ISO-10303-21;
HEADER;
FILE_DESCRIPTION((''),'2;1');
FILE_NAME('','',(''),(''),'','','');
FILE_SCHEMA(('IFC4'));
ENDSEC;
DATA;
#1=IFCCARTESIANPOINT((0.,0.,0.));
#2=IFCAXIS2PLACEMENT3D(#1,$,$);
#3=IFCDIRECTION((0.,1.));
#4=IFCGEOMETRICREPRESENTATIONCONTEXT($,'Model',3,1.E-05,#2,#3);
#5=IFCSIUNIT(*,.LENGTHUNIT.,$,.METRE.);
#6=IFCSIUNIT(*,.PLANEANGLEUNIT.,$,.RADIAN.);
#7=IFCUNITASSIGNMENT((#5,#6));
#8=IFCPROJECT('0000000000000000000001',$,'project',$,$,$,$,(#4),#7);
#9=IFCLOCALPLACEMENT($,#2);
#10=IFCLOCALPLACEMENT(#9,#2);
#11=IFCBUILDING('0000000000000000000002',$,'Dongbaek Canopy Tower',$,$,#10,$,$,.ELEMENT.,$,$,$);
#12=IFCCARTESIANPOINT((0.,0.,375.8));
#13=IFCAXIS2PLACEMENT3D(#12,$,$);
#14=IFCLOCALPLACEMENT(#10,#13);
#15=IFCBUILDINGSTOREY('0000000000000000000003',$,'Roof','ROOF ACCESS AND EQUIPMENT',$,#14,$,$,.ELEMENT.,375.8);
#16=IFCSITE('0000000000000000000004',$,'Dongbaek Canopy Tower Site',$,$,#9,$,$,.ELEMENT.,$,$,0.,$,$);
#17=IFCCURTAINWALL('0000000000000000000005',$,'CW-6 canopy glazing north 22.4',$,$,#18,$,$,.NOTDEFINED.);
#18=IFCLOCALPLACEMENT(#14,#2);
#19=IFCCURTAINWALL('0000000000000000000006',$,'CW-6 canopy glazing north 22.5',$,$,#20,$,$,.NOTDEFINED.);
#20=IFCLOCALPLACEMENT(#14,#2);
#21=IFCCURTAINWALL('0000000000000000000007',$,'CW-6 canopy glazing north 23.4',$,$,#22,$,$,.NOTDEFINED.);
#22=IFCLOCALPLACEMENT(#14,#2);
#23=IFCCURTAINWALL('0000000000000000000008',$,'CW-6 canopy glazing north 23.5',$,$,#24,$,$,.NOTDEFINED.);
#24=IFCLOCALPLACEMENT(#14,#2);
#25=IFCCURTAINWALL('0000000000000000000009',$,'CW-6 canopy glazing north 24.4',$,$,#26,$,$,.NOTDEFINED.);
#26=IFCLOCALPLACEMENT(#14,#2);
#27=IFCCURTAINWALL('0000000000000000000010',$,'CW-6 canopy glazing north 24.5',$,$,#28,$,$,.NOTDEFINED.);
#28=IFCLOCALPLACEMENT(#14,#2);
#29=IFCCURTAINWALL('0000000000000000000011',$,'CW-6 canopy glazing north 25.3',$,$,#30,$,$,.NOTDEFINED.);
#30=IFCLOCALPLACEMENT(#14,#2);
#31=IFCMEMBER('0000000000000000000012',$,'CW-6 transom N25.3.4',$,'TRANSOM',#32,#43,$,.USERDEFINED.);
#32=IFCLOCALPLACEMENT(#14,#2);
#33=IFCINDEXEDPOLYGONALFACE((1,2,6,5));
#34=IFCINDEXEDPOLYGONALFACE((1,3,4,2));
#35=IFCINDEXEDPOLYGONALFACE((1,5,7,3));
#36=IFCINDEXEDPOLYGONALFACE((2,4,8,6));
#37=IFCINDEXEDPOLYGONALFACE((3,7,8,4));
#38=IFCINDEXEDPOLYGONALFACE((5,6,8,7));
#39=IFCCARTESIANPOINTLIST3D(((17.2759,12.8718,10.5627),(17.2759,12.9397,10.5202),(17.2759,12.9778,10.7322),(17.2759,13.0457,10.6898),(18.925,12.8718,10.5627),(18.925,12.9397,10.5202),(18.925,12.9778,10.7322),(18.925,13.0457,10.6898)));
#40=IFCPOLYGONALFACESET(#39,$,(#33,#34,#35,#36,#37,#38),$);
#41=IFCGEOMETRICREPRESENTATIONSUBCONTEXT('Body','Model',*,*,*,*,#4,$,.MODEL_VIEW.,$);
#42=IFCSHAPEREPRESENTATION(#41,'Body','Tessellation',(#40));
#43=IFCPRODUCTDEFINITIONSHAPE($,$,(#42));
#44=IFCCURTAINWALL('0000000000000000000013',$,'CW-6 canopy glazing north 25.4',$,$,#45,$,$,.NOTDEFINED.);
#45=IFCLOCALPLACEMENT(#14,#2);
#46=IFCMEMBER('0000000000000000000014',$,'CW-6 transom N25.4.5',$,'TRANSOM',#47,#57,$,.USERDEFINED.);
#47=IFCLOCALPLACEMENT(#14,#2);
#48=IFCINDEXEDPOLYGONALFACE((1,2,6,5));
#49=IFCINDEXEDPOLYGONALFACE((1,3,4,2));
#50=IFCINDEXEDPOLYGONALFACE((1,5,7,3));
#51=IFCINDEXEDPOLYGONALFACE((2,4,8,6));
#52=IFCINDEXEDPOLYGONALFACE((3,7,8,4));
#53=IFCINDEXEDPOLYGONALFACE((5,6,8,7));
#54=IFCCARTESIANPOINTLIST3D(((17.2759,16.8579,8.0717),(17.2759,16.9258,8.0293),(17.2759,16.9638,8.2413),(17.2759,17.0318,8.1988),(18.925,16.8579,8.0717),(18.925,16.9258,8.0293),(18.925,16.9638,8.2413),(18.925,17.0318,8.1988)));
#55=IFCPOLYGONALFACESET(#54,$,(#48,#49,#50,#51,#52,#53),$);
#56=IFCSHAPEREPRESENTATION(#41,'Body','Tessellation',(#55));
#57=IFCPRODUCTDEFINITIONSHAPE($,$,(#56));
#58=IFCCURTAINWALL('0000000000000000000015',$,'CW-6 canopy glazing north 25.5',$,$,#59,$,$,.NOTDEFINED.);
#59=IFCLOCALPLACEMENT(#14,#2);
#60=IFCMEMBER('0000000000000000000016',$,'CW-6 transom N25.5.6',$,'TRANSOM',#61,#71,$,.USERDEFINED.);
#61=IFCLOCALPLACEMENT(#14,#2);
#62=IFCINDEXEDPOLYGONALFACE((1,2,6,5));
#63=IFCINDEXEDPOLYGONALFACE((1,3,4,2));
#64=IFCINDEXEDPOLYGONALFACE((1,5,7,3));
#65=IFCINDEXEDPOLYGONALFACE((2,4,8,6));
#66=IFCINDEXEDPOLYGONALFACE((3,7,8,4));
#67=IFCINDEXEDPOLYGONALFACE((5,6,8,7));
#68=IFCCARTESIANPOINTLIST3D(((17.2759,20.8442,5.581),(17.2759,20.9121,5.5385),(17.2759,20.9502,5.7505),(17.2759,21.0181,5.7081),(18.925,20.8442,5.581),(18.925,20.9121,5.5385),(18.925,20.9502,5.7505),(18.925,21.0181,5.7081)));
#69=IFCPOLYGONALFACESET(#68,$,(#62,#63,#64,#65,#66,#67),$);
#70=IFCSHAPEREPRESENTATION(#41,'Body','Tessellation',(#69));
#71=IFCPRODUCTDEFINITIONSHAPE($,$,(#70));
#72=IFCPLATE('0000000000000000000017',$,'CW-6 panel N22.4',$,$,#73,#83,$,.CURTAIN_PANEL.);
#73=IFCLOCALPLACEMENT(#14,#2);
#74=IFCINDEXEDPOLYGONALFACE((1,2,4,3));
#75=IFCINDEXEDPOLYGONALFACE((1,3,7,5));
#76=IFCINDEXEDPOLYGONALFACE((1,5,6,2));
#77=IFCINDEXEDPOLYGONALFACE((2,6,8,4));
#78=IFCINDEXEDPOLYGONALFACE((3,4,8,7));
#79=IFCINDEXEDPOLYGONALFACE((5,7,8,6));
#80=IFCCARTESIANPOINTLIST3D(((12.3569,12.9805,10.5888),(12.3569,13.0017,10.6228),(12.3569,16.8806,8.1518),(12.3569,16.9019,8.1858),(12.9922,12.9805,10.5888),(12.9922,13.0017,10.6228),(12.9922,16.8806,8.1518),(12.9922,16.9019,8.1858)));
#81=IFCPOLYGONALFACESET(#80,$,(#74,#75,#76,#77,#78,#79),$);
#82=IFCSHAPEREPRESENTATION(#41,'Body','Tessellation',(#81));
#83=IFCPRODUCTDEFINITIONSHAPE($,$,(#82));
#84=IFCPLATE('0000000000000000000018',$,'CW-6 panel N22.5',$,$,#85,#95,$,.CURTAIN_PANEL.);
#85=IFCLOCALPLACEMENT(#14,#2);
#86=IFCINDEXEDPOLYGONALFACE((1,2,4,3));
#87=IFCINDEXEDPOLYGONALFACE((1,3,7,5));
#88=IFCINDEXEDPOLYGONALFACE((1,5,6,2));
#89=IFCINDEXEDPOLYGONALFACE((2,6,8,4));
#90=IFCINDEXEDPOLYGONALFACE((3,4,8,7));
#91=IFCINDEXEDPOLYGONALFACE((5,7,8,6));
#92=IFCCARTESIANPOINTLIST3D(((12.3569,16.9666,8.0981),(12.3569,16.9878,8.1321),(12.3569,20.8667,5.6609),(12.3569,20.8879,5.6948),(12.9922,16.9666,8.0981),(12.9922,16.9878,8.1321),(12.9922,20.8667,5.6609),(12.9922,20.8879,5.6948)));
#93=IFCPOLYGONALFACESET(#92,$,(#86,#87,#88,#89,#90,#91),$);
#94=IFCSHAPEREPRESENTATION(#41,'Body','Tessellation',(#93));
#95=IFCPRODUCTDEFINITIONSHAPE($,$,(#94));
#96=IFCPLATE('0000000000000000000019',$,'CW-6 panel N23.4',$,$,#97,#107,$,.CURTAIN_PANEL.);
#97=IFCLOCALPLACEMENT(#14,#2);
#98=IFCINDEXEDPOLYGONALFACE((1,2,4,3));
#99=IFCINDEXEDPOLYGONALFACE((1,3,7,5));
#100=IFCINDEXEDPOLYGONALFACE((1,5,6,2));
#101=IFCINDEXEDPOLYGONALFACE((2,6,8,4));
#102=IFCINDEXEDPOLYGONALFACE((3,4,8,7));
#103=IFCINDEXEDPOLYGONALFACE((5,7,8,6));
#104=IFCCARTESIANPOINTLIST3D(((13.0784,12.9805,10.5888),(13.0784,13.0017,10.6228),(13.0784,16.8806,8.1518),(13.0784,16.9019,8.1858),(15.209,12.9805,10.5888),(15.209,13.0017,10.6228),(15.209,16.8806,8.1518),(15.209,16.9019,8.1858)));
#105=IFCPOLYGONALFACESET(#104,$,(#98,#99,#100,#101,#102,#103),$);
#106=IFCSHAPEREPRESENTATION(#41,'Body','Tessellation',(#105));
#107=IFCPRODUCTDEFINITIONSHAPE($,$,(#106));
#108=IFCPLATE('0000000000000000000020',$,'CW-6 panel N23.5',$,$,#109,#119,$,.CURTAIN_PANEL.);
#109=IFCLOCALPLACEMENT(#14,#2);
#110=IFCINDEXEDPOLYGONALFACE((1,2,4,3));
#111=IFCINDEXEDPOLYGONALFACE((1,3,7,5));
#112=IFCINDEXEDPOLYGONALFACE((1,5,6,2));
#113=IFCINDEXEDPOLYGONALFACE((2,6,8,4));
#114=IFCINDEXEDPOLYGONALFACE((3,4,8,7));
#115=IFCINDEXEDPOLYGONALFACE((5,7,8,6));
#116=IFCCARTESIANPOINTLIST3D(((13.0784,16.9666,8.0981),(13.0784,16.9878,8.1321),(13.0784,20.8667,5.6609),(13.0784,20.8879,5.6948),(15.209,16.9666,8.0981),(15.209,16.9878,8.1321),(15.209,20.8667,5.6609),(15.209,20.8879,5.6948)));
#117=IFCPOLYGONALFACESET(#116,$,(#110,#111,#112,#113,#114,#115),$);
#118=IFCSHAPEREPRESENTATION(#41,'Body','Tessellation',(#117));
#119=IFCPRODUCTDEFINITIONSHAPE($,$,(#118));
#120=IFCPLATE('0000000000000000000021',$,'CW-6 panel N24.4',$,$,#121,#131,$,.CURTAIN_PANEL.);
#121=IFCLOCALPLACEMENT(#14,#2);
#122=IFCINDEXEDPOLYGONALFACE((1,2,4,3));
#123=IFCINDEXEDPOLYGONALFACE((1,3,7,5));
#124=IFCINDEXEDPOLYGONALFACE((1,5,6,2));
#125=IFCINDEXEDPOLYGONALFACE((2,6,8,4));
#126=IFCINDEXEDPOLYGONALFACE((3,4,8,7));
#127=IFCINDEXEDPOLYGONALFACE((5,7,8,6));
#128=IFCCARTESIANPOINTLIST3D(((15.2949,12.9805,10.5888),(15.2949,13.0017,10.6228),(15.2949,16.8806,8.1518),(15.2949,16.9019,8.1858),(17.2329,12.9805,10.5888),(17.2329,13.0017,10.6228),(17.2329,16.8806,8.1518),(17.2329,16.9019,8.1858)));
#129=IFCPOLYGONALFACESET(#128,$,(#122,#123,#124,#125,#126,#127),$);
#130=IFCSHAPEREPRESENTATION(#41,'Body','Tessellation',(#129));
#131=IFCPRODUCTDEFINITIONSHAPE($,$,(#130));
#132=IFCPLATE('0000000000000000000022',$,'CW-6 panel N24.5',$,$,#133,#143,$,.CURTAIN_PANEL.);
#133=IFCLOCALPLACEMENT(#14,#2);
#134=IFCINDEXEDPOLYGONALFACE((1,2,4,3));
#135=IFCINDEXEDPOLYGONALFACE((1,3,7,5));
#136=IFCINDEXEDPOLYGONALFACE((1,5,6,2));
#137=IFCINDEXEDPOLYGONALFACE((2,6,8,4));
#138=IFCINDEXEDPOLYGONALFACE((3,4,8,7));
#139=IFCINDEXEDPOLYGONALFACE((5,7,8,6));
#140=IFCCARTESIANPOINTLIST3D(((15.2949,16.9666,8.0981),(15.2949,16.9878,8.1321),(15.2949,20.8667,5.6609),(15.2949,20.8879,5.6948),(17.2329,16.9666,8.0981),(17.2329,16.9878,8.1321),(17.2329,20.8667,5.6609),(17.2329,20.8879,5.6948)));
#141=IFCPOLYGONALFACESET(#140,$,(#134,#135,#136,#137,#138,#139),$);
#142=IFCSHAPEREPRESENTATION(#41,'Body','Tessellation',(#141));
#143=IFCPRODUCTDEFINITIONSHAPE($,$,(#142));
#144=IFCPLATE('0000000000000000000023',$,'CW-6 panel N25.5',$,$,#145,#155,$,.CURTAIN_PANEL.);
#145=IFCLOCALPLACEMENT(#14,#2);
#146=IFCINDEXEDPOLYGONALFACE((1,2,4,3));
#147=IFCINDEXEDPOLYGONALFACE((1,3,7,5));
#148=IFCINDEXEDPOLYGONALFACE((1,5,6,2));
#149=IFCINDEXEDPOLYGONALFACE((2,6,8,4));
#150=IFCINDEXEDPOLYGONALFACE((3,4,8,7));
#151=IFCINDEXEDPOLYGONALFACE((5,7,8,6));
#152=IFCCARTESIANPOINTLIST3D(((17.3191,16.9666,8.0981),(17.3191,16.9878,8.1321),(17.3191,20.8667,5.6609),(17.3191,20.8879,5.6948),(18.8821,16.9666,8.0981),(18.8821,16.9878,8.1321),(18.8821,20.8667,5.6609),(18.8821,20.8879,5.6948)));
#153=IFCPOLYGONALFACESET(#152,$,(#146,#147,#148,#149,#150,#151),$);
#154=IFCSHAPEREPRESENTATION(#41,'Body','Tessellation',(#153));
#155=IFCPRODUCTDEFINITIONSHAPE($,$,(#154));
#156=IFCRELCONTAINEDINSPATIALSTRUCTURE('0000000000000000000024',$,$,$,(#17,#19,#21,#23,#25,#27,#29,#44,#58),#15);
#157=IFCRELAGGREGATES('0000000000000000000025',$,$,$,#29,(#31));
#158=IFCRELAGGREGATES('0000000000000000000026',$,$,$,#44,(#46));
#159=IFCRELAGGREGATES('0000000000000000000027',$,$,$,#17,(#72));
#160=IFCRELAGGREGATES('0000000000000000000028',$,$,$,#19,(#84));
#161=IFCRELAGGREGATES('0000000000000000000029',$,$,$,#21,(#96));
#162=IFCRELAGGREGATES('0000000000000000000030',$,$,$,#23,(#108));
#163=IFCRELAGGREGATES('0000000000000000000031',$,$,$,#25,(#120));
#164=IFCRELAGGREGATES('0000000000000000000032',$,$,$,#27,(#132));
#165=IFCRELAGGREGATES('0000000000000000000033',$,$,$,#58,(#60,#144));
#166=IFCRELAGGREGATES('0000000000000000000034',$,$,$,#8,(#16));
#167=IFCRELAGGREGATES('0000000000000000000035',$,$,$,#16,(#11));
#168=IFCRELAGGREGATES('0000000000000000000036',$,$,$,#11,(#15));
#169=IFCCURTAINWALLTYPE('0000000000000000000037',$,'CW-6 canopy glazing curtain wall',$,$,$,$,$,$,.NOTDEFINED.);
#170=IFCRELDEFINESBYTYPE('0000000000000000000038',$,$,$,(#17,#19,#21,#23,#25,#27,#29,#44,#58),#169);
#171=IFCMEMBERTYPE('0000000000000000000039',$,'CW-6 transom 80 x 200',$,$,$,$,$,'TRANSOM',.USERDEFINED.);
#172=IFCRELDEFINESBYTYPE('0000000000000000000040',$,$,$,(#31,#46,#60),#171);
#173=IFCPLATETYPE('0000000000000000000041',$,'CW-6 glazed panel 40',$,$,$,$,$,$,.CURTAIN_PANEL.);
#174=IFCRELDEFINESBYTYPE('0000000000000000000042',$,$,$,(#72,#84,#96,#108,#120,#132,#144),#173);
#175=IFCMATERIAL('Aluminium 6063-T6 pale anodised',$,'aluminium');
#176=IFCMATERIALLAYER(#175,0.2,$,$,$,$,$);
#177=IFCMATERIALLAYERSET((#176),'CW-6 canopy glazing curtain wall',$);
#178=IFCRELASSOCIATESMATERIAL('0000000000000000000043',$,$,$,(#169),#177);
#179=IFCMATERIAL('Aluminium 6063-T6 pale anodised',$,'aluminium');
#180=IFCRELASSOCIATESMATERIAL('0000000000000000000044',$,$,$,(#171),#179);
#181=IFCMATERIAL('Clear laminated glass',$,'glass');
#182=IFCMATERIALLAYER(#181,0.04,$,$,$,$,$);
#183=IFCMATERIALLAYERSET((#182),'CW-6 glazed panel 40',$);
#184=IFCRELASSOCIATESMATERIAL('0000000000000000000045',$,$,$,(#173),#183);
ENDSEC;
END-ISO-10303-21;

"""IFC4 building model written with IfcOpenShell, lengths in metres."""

from ifc_helpers import new_model, si_unit, direction, frame, origin, origin_2d, place, context, subcontext, project, spatial, polyline, rectangle, outline, extrude, material, layer, layer_set, material_profile, profile_set, type_object, element, aggregate, save


model = new_model("IFC4")

# Units and contexts
model_context = context("Model", 3, precision=1e-05, world=origin(), true_north=direction((0.0, 1.0)))
body_context = subcontext(model_context, "Body", "Model", "MODEL_VIEW")
ifc_project = project(units=[si_unit("LENGTHUNIT", "METRE"), si_unit("PLANEANGLEUNIT", "RADIAN")], contexts=[model_context])

# Site, building, storey
site_placement = place(None, origin())
site = spatial("IfcSite", under=ifc_project, at=site_placement, Name="Dongbaek Canopy Tower Site", CompositionType="ELEMENT", RefElevation=0.0)
building_placement = place(site_placement, origin())
building = spatial("IfcBuilding", under=site, at=building_placement, Name="Dongbaek Canopy Tower", CompositionType="ELEMENT")
storey_placement = place(building_placement, frame((0.0, 0.0, 375.8)))
storey = spatial("IfcBuildingStorey", under=building, at=storey_placement, Name="Roof", Description="ROOF ACCESS AND EQUIPMENT", CompositionType="ELEMENT", Elevation=375.8)

# Curtain walls
ifc_material_1 = material(Name="Aluminium 6063-T6 pale anodised", Category="aluminium")
ifc_layer_1 = layer(ifc_material_1, 0.2)
ifc_layer_set_1 = layer_set([ifc_layer_1], Name="CW-6 canopy glazing curtain wall")
curtain_wall_type = type_object("IfcCurtainWallType", Name="CW-6 canopy glazing curtain wall", PredefinedType="NOTDEFINED", material=ifc_layer_set_1)
curtain_wall_1_placement = place(storey_placement, origin())
curtain_wall_1 = element("IfcCurtainWall", 1, at=curtain_wall_1_placement, inside=storey, type_object=curtain_wall_type, Name="CW-6 canopy glazing north 22.4", PredefinedType="NOTDEFINED")
curtain_wall_2_placement = place(storey_placement, origin())
curtain_wall_2 = element("IfcCurtainWall", 2, at=curtain_wall_2_placement, inside=storey, type_object=curtain_wall_type, Name="CW-6 canopy glazing north 22.5", PredefinedType="NOTDEFINED")
curtain_wall_3_placement = place(storey_placement, origin())
curtain_wall_3 = element("IfcCurtainWall", 3, at=curtain_wall_3_placement, inside=storey, type_object=curtain_wall_type, Name="CW-6 canopy glazing north 23.4", PredefinedType="NOTDEFINED")
curtain_wall_4_placement = place(storey_placement, origin())
curtain_wall_4 = element("IfcCurtainWall", 4, at=curtain_wall_4_placement, inside=storey, type_object=curtain_wall_type, Name="CW-6 canopy glazing north 23.5", PredefinedType="NOTDEFINED")
curtain_wall_5_placement = place(storey_placement, origin())
curtain_wall_5 = element("IfcCurtainWall", 5, at=curtain_wall_5_placement, inside=storey, type_object=curtain_wall_type, Name="CW-6 canopy glazing north 24.4", PredefinedType="NOTDEFINED")
curtain_wall_6_placement = place(storey_placement, origin())
curtain_wall_6 = element("IfcCurtainWall", 6, at=curtain_wall_6_placement, inside=storey, type_object=curtain_wall_type, Name="CW-6 canopy glazing north 24.5", PredefinedType="NOTDEFINED")
ifc_material_2 = material(Name="Aluminium 6063-T6 pale anodised", Category="aluminium")
ifc_material_profile_1 = material_profile(ifc_material_2, rectangle(XDim=0.0801, YDim=0.2, at=origin_2d()), Name="CW-6 transom 80 x 200")
ifc_profile_set_1 = profile_set([ifc_material_profile_1], Name="Aluminium 6063-T6 pale anodised")
member_type_1 = type_object("IfcMemberType", Name="CW-6 transom 80 x 200", ElementType="TRANSOM", PredefinedType="USERDEFINED", material=ifc_profile_set_1)

# Curtain walls, members
curtain_wall_7_placement = place(storey_placement, origin())
curtain_wall_7 = element("IfcCurtainWall", 7, at=curtain_wall_7_placement, inside=storey, type_object=curtain_wall_type, Name="CW-6 canopy glazing north 25.3", PredefinedType="NOTDEFINED")
member_1_placement = place(storey_placement, frame((17.2759, 12.9587, 10.6262), z_axis=(1.0, 0.0, 0.0), x_axis=(0.0, 0.848048, -0.529919)))
member_1 = element("IfcMember", 8, at=member_1_placement, type_object=member_type_1, Name="CW-6 transom N25.3.4", ObjectType="TRANSOM", PredefinedType="USERDEFINED", context=body_context, shape_type="SweptSolid", body=[
    extrude(rectangle(XDim=0.0801, YDim=0.2, at=origin_2d()), origin(), (0.0, 0.0, 1.0), 1.6492),
])
aggregate(curtain_wall_7, [member_1])
curtain_wall_8_placement = place(storey_placement, origin())
curtain_wall_8 = element("IfcCurtainWall", 9, at=curtain_wall_8_placement, inside=storey, type_object=curtain_wall_type, Name="CW-6 canopy glazing north 25.4", PredefinedType="NOTDEFINED")
member_2_placement = place(storey_placement, frame((17.2759, 16.9448, 8.1353), z_axis=(1.0, 0.0, 0.0), x_axis=(0.0, 0.848048, -0.529919)))
member_2 = element("IfcMember", 10, at=member_2_placement, type_object=member_type_1, Name="CW-6 transom N25.4.5", ObjectType="TRANSOM", PredefinedType="USERDEFINED", context=body_context, shape_type="SweptSolid", body=[
    extrude(rectangle(XDim=0.0801, YDim=0.2, at=origin_2d()), origin(), (0.0, 0.0, 1.0), 1.6492),
])
aggregate(curtain_wall_8, [member_2])
curtain_wall_9_placement = place(storey_placement, origin())
curtain_wall_9 = element("IfcCurtainWall", 11, at=curtain_wall_9_placement, inside=storey, type_object=curtain_wall_type, Name="CW-6 canopy glazing north 25.5", PredefinedType="NOTDEFINED")
member_3_placement = place(storey_placement, frame((17.2759, 20.9312, 5.6445), z_axis=(1.0, 0.0, 0.0), x_axis=(0.0, 0.848048, -0.529919)))
member_3 = element("IfcMember", 12, at=member_3_placement, type_object=member_type_1, Name="CW-6 transom N25.5.6", ObjectType="TRANSOM", PredefinedType="USERDEFINED", context=body_context, shape_type="SweptSolid", body=[
    extrude(rectangle(XDim=0.0801, YDim=0.2, at=origin_2d()), origin(), (0.0, 0.0, 1.0), 1.6492),
])

# Plates
ifc_material_3 = material(Name="Clear laminated glass", Category="glass")
ifc_layer_2 = layer(ifc_material_3, 0.04)
ifc_layer_set_2 = layer_set([ifc_layer_2], Name="CW-6 glazed panel 40")
plate_type = type_object("IfcPlateType", Name="CW-6 glazed panel 40", PredefinedType="CURTAIN_PANEL", material=ifc_layer_set_2)
plate_1_placement = place(storey_placement, frame((12.9922, 13.0017, 10.6228), z_axis=(0.0, 0.529908, 0.848055), x_axis=(-1.0, 0.0, 0.0)))
plate_1 = element("IfcPlate", 13, at=plate_1_placement, type_object=plate_type, Name="CW-6 panel N22.4", PredefinedType="CURTAIN_PANEL", context=body_context, shape_type="SweptSolid", body=[
    extrude(outline(polyline([(0.0, 0.0), (0.6353, 0.0), (0.6353, -4.5989), (0.0, -4.5989), (0.0, 0.0)])), origin(), (0.0, 0.0, -1.0), 0.04),
])
aggregate(curtain_wall_1, [plate_1])
plate_2_placement = place(storey_placement, frame((12.9922, 16.9878, 8.1321), z_axis=(0.0, 0.529946, 0.848031), x_axis=(-1.0, 0.0, 0.0)))
plate_2 = element("IfcPlate", 14, at=plate_2_placement, type_object=plate_type, Name="CW-6 panel N22.5", PredefinedType="CURTAIN_PANEL", context=body_context, shape_type="SweptSolid", body=[
    extrude(outline(polyline([(0.0, 0.0), (0.6353, 0.0), (0.6353, -4.5991), (0.0, -4.5991), (0.0, 0.0)])), origin(), (0.0, 0.0, -1.0), 0.04),
])
aggregate(curtain_wall_2, [plate_2])
plate_3_placement = place(storey_placement, frame((15.209, 13.0017, 10.6228), z_axis=(0.0, 0.529908, 0.848055), x_axis=(-1.0, 0.0, 0.0)))
plate_3 = element("IfcPlate", 15, at=plate_3_placement, type_object=plate_type, Name="CW-6 panel N23.4", PredefinedType="CURTAIN_PANEL", context=body_context, shape_type="SweptSolid", body=[
    extrude(outline(polyline([(0.0, 0.0), (2.1306, 0.0), (2.1306, -4.5989), (0.0, -4.5989), (0.0, 0.0)])), origin(), (0.0, 0.0, -1.0), 0.04),
])
aggregate(curtain_wall_3, [plate_3])
plate_4_placement = place(storey_placement, frame((15.209, 16.9878, 8.1321), z_axis=(0.0, 0.529946, 0.848031), x_axis=(-1.0, 0.0, 0.0)))
plate_4 = element("IfcPlate", 16, at=plate_4_placement, type_object=plate_type, Name="CW-6 panel N23.5", PredefinedType="CURTAIN_PANEL", context=body_context, shape_type="SweptSolid", body=[
    extrude(outline(polyline([(0.0, 0.0), (2.1306, 0.0), (2.1306, -4.5991), (0.0, -4.5991), (0.0, 0.0)])), origin(), (0.0, 0.0, -1.0), 0.04),
])
aggregate(curtain_wall_4, [plate_4])
plate_5_placement = place(storey_placement, frame((17.2329, 13.0017, 10.6228), z_axis=(0.0, 0.529908, 0.848055), x_axis=(-1.0, 0.0, 0.0)))
plate_5 = element("IfcPlate", 17, at=plate_5_placement, type_object=plate_type, Name="CW-6 panel N24.4", PredefinedType="CURTAIN_PANEL", context=body_context, shape_type="SweptSolid", body=[
    extrude(outline(polyline([(0.0, 0.0), (1.938, 0.0), (1.938, -4.5989), (0.0, -4.5989), (0.0, 0.0)])), origin(), (0.0, 0.0, -1.0), 0.04),
])
aggregate(curtain_wall_5, [plate_5])
plate_6_placement = place(storey_placement, frame((17.2329, 16.9878, 8.1321), z_axis=(0.0, 0.529946, 0.848031), x_axis=(-1.0, 0.0, 0.0)))
plate_6 = element("IfcPlate", 18, at=plate_6_placement, type_object=plate_type, Name="CW-6 panel N24.5", PredefinedType="CURTAIN_PANEL", context=body_context, shape_type="SweptSolid", body=[
    extrude(outline(polyline([(0.0, 0.0), (1.938, 0.0), (1.938, -4.5991), (0.0, -4.5991), (0.0, 0.0)])), origin(), (0.0, 0.0, -1.0), 0.04),
])
aggregate(curtain_wall_6, [plate_6])
plate_7_placement = place(storey_placement, frame((18.8821, 16.9878, 8.1321), z_axis=(0.0, 0.529946, 0.848031), x_axis=(-1.0, 0.0, 0.0)))
plate_7 = element("IfcPlate", 19, at=plate_7_placement, type_object=plate_type, Name="CW-6 panel N25.5", PredefinedType="CURTAIN_PANEL", context=body_context, shape_type="SweptSolid", body=[
    extrude(outline(polyline([(0.0, 0.0), (1.563, 0.0), (1.563, -4.5991), (0.0, -4.5991), (0.0, 0.0)])), origin(), (0.0, 0.0, -1.0), 0.04),
])
aggregate(curtain_wall_9, [member_3, plate_7])

save(model, "model.ifc")
